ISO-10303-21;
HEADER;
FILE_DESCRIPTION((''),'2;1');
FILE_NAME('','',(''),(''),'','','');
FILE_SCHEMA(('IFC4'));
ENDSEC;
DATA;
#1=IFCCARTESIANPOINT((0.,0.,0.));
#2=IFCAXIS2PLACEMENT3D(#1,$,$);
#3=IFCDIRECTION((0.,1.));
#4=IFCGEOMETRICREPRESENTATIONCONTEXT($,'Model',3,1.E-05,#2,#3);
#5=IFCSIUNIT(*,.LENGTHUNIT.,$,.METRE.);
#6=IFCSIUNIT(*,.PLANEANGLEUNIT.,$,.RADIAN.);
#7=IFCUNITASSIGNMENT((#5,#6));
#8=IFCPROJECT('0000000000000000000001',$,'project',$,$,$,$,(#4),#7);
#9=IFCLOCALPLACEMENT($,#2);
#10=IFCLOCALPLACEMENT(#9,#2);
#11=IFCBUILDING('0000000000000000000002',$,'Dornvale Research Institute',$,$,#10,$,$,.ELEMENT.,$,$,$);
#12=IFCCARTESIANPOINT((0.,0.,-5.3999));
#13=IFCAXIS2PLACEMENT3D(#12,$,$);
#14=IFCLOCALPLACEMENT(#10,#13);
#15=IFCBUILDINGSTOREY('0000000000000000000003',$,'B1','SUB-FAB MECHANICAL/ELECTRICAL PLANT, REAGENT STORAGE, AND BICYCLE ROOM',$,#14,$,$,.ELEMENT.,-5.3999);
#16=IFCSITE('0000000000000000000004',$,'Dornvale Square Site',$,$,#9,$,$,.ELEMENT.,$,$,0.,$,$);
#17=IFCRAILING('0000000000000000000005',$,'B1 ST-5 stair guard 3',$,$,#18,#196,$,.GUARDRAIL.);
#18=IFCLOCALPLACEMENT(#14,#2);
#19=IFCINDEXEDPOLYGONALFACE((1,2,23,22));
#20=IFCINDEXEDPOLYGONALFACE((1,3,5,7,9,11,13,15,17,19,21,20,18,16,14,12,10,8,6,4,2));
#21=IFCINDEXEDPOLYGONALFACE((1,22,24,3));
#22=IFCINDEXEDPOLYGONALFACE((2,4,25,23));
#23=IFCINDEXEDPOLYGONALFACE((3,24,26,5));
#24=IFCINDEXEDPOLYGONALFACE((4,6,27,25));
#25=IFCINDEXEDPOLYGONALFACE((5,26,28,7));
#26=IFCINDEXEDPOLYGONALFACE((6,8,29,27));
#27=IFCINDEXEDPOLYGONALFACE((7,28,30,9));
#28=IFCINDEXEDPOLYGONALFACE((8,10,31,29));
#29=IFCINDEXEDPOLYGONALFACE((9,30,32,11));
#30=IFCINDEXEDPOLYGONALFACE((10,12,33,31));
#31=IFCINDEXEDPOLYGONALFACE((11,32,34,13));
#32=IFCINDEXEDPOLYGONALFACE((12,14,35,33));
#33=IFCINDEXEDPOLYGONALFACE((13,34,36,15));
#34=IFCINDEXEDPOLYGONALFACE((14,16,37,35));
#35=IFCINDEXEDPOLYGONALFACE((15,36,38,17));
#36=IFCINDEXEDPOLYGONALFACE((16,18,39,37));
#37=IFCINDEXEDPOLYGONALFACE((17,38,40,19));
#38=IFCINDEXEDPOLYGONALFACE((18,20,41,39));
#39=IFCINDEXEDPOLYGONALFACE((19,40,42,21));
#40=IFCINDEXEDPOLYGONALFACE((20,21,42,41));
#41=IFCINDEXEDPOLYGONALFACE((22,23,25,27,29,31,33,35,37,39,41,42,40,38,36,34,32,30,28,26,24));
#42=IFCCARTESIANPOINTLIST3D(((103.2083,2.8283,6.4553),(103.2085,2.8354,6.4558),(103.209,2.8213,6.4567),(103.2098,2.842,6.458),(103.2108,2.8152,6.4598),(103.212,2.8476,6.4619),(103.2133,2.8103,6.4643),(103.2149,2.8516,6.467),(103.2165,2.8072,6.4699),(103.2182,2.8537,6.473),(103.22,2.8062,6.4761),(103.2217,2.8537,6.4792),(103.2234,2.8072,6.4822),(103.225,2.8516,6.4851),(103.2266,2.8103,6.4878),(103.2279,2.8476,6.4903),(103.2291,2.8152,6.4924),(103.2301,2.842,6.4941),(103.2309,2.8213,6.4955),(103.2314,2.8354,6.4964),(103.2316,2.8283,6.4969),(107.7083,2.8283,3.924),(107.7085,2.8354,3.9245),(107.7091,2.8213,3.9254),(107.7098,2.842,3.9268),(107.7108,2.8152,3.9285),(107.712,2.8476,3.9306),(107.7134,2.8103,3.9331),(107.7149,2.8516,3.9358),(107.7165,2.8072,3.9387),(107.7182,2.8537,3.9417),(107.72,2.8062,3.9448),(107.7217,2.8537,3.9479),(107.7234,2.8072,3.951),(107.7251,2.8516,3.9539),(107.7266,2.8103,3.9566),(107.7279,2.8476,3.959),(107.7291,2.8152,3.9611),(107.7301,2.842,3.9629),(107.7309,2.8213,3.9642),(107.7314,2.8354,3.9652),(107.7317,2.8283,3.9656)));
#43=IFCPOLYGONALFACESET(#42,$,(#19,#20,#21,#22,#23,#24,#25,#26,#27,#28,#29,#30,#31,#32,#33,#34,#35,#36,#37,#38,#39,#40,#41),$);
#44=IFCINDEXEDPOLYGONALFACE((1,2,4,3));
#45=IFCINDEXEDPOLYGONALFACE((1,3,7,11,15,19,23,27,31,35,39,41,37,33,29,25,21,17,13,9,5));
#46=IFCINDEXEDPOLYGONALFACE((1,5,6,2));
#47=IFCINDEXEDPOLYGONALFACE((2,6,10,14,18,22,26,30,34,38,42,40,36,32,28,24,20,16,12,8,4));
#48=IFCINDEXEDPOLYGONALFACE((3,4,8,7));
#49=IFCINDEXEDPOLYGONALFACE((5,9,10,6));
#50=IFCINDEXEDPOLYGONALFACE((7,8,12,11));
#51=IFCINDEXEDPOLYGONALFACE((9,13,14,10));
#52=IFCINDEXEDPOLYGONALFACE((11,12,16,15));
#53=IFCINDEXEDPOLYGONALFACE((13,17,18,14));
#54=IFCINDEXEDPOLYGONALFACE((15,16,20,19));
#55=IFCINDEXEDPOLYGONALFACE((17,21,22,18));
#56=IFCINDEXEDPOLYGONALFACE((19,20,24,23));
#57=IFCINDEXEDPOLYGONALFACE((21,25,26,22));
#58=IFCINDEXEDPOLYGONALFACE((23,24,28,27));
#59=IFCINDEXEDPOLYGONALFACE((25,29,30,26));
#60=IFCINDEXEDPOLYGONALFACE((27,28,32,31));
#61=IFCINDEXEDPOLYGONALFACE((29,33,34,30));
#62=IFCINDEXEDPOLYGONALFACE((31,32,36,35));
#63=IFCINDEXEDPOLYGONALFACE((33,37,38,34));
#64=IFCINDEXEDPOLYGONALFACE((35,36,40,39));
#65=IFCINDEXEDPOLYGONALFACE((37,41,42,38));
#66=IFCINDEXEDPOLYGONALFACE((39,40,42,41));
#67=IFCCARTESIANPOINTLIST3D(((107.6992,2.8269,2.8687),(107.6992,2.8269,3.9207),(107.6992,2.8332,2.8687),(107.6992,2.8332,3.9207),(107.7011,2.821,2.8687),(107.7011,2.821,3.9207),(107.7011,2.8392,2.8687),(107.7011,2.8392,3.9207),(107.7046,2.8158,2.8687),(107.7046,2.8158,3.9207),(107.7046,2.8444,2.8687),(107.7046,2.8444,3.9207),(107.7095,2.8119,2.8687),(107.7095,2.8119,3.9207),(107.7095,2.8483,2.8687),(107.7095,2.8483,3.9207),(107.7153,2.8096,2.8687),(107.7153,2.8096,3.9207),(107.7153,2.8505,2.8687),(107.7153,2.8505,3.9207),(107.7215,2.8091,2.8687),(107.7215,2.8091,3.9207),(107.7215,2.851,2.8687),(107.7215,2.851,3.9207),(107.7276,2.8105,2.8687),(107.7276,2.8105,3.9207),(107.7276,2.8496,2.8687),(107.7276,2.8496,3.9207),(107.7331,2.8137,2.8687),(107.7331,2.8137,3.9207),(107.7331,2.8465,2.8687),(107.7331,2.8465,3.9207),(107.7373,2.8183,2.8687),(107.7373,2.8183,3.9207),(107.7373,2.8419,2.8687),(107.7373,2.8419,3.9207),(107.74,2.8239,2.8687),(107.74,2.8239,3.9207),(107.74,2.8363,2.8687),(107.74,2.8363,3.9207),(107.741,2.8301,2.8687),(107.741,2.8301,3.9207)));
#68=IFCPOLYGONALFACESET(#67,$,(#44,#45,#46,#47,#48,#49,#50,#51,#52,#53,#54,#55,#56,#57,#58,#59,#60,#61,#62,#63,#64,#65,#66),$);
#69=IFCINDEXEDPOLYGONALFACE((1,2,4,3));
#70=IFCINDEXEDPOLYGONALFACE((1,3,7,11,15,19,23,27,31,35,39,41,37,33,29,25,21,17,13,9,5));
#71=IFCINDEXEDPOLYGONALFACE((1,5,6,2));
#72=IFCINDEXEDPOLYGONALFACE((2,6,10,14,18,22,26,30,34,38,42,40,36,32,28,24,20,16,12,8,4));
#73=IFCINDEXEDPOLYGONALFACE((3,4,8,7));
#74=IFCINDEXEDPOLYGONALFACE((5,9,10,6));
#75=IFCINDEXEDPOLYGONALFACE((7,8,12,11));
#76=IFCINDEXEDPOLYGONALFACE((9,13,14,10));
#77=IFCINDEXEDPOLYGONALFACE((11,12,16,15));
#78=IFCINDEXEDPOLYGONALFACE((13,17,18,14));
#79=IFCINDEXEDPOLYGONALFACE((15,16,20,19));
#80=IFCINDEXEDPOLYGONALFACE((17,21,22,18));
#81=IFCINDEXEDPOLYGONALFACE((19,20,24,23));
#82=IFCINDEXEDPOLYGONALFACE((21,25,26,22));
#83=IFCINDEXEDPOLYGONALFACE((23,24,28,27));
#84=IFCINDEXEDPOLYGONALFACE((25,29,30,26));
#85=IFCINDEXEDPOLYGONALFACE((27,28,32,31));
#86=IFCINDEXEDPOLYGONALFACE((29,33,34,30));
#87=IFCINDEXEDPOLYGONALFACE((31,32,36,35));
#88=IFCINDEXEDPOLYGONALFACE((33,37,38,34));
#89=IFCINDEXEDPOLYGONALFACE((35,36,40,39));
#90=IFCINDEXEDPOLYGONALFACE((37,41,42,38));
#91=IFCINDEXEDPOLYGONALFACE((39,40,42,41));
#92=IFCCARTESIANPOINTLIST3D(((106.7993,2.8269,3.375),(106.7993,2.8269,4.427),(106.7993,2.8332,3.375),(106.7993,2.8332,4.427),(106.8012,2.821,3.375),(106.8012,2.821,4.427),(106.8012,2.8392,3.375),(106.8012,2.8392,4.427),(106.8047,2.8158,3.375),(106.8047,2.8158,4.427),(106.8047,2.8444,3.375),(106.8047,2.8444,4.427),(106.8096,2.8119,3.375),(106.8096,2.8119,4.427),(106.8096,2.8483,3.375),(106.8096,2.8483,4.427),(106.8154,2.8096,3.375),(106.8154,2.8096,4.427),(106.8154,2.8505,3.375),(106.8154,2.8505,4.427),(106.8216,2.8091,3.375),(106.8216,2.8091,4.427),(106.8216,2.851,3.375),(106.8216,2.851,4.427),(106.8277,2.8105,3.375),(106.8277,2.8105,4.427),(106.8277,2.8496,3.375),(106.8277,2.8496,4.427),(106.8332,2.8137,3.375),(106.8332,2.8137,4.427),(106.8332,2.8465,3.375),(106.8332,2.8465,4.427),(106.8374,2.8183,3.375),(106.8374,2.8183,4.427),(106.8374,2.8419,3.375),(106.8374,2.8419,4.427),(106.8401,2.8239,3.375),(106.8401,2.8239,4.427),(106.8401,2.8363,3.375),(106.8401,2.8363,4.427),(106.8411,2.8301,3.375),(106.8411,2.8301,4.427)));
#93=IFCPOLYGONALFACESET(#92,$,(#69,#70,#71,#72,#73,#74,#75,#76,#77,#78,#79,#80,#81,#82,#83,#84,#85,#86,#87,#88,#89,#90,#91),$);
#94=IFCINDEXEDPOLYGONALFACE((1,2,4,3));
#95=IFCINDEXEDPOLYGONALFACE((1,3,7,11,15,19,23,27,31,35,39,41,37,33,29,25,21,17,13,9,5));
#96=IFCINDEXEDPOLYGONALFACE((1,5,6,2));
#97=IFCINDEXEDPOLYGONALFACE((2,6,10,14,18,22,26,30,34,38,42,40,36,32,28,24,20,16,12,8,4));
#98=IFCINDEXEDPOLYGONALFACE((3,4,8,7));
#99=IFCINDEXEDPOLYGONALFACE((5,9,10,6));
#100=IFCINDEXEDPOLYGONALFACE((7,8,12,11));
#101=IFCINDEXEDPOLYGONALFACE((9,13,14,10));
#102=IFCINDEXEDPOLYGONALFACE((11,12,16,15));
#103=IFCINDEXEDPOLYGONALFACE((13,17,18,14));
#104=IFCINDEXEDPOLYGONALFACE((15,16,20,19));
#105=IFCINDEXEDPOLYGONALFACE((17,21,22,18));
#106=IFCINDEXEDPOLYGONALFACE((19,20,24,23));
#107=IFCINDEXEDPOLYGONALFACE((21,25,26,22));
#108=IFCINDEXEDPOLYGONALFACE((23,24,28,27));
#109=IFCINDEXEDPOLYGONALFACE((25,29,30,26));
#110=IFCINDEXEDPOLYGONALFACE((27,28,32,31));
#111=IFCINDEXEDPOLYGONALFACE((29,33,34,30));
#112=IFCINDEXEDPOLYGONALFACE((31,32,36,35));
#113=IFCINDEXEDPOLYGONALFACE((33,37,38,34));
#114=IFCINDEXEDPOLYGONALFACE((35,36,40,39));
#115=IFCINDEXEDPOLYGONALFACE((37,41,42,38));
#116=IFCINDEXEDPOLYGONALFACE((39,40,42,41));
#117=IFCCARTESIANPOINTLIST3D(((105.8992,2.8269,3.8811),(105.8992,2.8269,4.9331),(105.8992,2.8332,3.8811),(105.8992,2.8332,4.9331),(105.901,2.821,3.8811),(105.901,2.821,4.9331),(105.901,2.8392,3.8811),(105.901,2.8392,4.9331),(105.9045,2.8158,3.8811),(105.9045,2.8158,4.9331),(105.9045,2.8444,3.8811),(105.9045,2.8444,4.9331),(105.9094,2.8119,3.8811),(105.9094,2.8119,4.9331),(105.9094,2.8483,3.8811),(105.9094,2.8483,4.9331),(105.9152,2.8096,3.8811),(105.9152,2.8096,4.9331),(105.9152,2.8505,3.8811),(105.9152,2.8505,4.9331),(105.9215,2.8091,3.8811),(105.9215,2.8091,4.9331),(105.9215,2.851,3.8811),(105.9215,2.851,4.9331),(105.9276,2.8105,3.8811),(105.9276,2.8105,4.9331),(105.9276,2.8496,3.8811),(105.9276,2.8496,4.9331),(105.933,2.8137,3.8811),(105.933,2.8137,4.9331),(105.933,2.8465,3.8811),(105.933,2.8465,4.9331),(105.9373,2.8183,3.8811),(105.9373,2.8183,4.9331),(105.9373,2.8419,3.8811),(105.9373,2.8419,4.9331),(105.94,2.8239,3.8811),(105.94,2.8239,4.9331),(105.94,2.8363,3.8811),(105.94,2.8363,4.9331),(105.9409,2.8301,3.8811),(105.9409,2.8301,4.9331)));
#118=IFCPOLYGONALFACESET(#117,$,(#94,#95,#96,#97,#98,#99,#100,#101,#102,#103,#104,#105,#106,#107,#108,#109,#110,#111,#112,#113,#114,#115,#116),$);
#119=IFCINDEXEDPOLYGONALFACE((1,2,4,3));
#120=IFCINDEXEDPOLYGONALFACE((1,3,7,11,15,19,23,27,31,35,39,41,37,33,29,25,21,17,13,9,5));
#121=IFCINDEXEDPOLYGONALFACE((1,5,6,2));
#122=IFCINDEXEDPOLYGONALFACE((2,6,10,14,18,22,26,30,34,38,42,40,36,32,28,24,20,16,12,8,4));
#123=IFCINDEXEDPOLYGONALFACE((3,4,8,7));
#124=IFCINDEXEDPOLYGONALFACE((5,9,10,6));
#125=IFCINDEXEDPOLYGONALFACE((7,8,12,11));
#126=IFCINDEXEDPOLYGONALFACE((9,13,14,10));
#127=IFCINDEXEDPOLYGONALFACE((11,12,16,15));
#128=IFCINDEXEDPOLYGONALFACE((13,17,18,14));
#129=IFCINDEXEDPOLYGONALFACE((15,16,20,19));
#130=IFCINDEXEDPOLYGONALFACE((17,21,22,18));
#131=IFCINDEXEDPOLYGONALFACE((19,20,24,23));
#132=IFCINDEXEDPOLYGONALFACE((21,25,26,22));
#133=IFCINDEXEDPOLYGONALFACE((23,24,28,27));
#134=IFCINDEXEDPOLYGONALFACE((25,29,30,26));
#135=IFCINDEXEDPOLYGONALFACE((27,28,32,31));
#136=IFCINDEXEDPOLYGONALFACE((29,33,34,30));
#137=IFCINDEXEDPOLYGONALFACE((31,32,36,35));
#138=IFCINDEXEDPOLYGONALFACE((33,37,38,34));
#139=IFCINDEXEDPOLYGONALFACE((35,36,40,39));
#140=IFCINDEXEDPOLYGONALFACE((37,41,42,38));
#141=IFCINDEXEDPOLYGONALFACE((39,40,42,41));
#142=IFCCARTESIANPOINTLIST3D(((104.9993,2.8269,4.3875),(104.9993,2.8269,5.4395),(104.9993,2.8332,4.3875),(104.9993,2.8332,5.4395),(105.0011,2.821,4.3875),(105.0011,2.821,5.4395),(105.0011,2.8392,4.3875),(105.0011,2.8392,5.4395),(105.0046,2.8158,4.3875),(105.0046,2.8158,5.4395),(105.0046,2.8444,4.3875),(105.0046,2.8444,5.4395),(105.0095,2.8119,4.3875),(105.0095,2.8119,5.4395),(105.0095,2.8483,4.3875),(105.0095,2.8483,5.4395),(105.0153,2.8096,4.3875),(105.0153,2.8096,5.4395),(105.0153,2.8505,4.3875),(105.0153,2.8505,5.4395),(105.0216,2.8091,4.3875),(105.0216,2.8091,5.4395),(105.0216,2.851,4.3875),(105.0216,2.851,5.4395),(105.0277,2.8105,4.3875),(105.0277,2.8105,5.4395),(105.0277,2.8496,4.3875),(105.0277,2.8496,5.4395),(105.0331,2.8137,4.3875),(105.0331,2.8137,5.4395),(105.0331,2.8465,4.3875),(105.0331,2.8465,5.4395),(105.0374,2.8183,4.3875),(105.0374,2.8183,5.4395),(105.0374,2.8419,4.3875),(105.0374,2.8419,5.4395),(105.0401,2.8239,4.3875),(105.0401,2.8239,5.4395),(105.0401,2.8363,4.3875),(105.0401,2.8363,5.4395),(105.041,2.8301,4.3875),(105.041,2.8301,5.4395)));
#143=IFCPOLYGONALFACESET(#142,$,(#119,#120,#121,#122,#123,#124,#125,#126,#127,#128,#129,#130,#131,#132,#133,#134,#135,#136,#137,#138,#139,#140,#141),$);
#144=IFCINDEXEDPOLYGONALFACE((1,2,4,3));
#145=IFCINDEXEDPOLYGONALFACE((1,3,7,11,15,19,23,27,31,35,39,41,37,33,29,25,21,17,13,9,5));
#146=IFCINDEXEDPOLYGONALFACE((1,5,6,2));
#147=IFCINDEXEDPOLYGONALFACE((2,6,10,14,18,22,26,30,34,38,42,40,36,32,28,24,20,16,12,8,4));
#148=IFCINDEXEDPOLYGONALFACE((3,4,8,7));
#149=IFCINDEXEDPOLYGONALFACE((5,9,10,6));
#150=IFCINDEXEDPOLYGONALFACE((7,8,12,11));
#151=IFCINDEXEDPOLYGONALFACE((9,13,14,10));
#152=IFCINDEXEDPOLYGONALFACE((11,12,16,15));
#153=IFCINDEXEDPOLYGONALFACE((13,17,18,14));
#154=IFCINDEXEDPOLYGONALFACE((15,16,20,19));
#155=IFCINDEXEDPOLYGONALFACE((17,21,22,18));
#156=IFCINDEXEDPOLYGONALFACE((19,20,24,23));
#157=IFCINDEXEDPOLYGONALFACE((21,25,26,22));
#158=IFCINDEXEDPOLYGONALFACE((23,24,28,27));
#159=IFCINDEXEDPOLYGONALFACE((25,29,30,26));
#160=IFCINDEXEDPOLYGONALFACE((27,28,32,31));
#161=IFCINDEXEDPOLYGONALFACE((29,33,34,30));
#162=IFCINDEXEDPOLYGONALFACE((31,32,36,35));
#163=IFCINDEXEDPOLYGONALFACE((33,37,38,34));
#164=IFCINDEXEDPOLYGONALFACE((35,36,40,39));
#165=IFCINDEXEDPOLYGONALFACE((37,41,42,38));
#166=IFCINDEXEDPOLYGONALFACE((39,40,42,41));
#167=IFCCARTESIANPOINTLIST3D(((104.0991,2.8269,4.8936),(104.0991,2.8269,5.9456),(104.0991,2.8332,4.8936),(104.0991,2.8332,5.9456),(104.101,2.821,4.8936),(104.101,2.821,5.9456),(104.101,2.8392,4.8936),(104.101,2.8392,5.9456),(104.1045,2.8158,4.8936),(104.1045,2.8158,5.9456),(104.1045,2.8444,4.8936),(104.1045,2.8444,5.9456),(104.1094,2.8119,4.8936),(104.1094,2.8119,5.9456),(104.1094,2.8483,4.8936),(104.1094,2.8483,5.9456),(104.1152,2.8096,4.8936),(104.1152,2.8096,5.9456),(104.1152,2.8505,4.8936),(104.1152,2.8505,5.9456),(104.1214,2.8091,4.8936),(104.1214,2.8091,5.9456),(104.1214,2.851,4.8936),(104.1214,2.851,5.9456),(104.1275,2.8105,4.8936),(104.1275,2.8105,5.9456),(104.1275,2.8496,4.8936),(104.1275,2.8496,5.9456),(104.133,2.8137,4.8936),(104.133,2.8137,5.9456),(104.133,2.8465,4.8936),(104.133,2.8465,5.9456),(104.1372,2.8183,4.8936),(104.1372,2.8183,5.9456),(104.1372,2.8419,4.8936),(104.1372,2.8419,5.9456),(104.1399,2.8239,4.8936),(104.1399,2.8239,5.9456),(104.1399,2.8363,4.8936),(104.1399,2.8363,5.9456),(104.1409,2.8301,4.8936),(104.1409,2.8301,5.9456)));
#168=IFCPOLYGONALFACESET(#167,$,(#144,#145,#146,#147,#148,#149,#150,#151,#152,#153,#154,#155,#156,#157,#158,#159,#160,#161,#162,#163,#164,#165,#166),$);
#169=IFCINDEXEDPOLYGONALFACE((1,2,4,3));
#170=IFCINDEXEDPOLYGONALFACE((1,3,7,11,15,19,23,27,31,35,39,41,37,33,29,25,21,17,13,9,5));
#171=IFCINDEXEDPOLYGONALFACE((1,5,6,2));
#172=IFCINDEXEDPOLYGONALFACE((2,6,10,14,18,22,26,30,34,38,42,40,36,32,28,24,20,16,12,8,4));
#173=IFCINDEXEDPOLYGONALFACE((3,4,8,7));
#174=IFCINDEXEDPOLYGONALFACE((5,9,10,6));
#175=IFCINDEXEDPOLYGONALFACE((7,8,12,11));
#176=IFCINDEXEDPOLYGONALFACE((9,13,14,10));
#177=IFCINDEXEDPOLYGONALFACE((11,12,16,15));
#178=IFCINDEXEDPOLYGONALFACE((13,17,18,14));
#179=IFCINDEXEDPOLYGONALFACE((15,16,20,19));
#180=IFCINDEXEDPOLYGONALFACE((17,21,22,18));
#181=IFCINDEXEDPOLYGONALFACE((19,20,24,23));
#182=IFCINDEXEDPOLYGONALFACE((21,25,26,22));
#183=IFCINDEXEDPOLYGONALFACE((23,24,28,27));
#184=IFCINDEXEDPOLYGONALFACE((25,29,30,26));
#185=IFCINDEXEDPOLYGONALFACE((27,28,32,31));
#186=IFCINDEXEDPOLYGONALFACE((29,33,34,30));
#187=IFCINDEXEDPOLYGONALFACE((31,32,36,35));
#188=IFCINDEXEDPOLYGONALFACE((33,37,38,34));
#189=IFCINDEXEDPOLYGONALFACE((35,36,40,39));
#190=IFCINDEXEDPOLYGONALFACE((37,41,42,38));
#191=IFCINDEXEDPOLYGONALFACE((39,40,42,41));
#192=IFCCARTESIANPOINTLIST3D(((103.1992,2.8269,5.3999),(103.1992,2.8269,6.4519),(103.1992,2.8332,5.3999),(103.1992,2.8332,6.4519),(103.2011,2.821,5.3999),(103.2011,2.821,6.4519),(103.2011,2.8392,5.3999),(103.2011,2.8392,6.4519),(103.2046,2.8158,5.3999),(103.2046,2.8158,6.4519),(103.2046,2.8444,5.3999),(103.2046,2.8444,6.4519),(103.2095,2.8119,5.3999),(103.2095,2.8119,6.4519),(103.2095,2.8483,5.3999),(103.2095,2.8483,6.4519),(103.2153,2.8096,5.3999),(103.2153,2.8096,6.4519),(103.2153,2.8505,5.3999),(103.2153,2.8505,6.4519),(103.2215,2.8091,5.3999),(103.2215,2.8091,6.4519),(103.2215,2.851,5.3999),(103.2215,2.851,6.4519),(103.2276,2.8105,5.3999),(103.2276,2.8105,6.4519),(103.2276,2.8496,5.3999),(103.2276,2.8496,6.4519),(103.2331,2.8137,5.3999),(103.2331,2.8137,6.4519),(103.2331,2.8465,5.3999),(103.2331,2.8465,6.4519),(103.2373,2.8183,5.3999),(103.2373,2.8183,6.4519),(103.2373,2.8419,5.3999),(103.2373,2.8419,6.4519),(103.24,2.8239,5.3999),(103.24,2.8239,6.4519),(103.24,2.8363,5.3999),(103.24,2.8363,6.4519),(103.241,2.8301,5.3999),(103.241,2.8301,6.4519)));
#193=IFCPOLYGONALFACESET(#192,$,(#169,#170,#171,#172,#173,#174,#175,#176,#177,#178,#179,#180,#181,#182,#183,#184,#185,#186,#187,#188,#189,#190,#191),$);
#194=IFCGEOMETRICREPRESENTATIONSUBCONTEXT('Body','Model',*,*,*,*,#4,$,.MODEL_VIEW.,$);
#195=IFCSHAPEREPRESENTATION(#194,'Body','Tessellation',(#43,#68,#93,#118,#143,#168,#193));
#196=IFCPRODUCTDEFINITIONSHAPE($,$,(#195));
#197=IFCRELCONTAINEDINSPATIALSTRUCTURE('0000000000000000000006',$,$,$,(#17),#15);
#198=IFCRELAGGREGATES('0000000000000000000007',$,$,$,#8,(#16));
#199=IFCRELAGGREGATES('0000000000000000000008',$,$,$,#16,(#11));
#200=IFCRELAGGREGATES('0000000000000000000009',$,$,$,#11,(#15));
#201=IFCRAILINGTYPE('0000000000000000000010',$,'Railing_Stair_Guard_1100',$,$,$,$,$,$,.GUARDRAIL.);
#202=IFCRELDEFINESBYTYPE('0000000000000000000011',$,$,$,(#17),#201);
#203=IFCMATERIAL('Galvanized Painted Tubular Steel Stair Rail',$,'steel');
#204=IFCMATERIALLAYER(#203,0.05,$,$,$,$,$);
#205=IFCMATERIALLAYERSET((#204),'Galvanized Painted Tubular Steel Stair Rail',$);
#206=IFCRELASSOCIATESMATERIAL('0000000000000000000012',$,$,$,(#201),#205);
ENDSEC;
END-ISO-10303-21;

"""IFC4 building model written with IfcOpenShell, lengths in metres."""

from ifc_helpers import new_model, si_unit, direction, frame, origin, origin_2d, place, context, subcontext, project, spatial, circle, extrude, material, layer, layer_set, type_object, element, save


model = new_model("IFC4")

# Units and contexts
model_context = context("Model", 3, precision=1e-05, world=origin(), true_north=direction((0.0, 1.0)))
body_context = subcontext(model_context, "Body", "Model", "MODEL_VIEW")
ifc_project = project(units=[si_unit("LENGTHUNIT", "METRE"), si_unit("PLANEANGLEUNIT", "RADIAN")], contexts=[model_context])

# Site, building, storey
site_placement = place(None, origin())
site = spatial("IfcSite", under=ifc_project, at=site_placement, Name="Dornvale Square Site", CompositionType="ELEMENT", RefElevation=0.0)
building_placement = place(site_placement, origin())
building = spatial("IfcBuilding", under=site, at=building_placement, Name="Dornvale Research Institute", CompositionType="ELEMENT")
storey_placement = place(building_placement, frame((0.0, 0.0, -5.3999)))
storey = spatial("IfcBuildingStorey", under=building, at=storey_placement, Name="B1", Description="SUB-FAB MECHANICAL/ELECTRICAL PLANT, REAGENT STORAGE, AND BICYCLE ROOM", CompositionType="ELEMENT", Elevation=-5.3999)

# Railing
ifc_material_1 = material(Name="Galvanized Painted Tubular Steel Stair Rail", Category="steel")
ifc_layer_1 = layer(ifc_material_1, 0.05)
ifc_layer_set_1 = layer_set([ifc_layer_1], Name="Galvanized Painted Tubular Steel Stair Rail")
railing_type_1 = type_object("IfcRailingType", Name="Railing_Stair_Guard_1100", PredefinedType="GUARDRAIL", material=ifc_layer_set_1)
railing_1_placement = place(storey_placement, frame((107.72, 2.8301, 2.8687)))
element("IfcRailing", 1, at=railing_1_placement, inside=storey, type_object=railing_type_1, Name="B1 ST-5 stair guard 3", PredefinedType="GUARDRAIL", context=body_context, shape_type="SweptSolid", body=[
    extrude(circle(Radius=0.0239, at=origin_2d()), frame((0.0, 0.0, 1.0762), z_axis=(-0.871576, 0.0, 0.490261), x_axis=(0.0, -1.0, 0.0)), (0.0, 0.0, 1.0), 5.1631),
    extrude(circle(Radius=0.021, at=origin_2d()), origin(), (0.0, 0.0, 1.0), 1.052),
    extrude(circle(Radius=0.021, at=origin_2d()), frame((-0.8999, 0.0, 0.5063)), (0.0, 0.0, 1.0), 1.052),
    extrude(circle(Radius=0.021, at=origin_2d()), frame((-1.8, 0.0, 1.0125)), (0.0, 0.0, 1.0), 1.052),
    extrude(circle(Radius=0.021, at=origin_2d()), frame((-2.7, 0.0, 1.5188)), (0.0, 0.0, 1.0), 1.052),
    extrude(circle(Radius=0.021, at=origin_2d()), frame((-3.6001, 0.0, 2.0249)), (0.0, 0.0, 1.0), 1.052),
    extrude(circle(Radius=0.021, at=origin_2d()), frame((-4.5, 0.0, 2.5312)), (0.0, 0.0, 1.0), 1.052),
])

save(model, "model.ifc")
